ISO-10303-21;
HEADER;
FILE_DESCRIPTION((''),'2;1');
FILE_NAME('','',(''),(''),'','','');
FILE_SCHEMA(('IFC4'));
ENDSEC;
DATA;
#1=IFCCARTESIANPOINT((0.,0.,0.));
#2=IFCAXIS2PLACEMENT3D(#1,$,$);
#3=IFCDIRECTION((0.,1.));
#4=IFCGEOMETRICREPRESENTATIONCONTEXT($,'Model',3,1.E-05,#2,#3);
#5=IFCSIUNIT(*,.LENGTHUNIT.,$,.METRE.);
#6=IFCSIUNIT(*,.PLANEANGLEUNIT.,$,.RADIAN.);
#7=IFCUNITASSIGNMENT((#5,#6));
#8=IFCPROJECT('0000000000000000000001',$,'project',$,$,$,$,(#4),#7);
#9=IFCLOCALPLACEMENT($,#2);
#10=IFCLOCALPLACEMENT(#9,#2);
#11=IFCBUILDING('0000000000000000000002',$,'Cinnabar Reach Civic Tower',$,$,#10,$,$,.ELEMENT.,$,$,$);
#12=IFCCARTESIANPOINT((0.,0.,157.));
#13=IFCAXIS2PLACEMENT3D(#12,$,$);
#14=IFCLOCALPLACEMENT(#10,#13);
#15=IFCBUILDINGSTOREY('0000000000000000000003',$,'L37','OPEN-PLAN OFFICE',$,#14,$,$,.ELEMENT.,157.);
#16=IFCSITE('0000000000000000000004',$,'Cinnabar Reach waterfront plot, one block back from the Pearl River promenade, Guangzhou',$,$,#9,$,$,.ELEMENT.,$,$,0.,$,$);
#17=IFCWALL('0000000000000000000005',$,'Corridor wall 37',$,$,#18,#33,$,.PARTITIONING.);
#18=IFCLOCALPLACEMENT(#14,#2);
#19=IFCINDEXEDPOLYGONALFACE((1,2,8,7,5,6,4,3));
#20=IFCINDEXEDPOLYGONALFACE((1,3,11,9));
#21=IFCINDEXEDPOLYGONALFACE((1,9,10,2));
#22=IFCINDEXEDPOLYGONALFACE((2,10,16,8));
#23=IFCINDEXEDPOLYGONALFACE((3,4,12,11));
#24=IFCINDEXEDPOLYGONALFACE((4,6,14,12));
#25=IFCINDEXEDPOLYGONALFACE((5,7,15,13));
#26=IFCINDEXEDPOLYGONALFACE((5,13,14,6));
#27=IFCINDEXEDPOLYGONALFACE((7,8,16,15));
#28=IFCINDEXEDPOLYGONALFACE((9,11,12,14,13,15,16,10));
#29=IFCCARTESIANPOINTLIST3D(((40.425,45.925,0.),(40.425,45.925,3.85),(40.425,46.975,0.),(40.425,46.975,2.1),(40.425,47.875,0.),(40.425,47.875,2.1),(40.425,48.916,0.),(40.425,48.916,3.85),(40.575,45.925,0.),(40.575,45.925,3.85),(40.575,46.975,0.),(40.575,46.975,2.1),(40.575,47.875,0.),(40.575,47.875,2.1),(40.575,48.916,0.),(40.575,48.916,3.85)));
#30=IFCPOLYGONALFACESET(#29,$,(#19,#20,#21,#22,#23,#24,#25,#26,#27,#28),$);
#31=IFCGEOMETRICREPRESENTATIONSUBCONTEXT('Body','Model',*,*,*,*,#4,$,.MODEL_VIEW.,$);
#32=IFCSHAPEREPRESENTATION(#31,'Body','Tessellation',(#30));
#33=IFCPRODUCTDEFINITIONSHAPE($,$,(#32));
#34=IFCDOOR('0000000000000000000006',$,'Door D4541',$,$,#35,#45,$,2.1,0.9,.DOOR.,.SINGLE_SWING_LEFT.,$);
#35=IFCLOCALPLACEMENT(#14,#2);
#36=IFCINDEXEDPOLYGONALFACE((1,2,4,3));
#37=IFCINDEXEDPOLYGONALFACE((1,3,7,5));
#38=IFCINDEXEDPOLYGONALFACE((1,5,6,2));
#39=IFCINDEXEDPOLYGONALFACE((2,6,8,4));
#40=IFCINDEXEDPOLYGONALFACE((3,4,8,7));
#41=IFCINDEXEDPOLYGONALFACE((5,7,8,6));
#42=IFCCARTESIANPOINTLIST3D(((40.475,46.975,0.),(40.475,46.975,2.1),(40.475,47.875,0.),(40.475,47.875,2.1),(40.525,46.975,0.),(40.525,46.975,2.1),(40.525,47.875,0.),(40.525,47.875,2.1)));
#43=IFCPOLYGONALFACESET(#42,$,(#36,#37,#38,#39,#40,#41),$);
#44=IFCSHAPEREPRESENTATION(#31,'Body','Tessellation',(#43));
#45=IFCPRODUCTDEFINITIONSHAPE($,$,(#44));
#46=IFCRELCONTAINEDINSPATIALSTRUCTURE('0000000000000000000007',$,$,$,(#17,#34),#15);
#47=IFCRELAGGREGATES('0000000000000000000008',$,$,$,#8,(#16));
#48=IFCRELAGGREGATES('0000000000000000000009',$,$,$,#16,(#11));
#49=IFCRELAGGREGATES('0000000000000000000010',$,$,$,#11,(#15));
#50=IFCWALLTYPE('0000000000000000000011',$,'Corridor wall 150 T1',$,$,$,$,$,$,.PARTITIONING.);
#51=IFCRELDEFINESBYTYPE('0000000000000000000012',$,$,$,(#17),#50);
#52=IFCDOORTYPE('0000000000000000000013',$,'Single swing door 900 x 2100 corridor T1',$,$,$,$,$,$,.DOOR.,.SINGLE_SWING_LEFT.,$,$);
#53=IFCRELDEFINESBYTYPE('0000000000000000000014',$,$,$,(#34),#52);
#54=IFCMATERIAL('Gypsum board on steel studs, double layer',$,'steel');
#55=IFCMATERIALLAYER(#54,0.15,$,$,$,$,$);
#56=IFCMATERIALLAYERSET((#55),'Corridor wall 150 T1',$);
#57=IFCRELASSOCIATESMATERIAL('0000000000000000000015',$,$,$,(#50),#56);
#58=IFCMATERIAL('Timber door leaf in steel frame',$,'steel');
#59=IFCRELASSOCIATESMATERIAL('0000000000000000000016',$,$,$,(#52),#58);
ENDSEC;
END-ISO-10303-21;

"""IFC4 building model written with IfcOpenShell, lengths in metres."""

from ifc_helpers import new_model, si_unit, direction, frame, frame_2d, origin, place, context, subcontext, project, spatial, rectangle, extrude, material, layer, layer_set, type_object, element, fill, save


model = new_model("IFC4")

# Units and contexts
model_context = context("Model", 3, precision=1e-05, world=origin(), true_north=direction((0.0, 1.0)))
body_context = subcontext(model_context, "Body", "Model", "MODEL_VIEW")
ifc_project = project(units=[si_unit("LENGTHUNIT", "METRE"), si_unit("PLANEANGLEUNIT", "RADIAN")], contexts=[model_context])

# Site, building, storey
site_placement = place(None, origin())
site = spatial("IfcSite", under=ifc_project, at=site_placement, Name="Cinnabar Reach waterfront plot, one block back from the Pearl River promenade, Guangzhou", CompositionType="ELEMENT", RefElevation=0.0)
building_placement = place(site_placement, origin())
building = spatial("IfcBuilding", under=site, at=building_placement, Name="Cinnabar Reach Civic Tower", CompositionType="ELEMENT")
storey_placement = place(building_placement, frame((0.0, 0.0, 157.0)))
storey = spatial("IfcBuildingStorey", under=building, at=storey_placement, Name="L37", Description="OPEN-PLAN OFFICE", CompositionType="ELEMENT", Elevation=157.0)

# Wall, opening, door
ifc_material_1 = material(Name="Gypsum board on steel studs, double layer", Category="steel")
ifc_layer_1 = layer(ifc_material_1, 0.15)
ifc_layer_set_1 = layer_set([ifc_layer_1], Name="Corridor wall 150 T1")
wall_type_1 = type_object("IfcWallType", Name="Corridor wall 150 T1", PredefinedType="PARTITIONING", material=ifc_layer_set_1)
wall_1_placement = place(storey_placement, frame((40.5, 45.925, 0.0), z_axis=(0.0, 0.0, 1.0), x_axis=(0.0, 1.0, 0.0)))
wall_1 = element("IfcWall", 1, at=wall_1_placement, inside=storey, type_object=wall_type_1, Name="Corridor wall 37", PredefinedType="PARTITIONING", context=body_context, shape_type="SweptSolid", body=[
    extrude(rectangle(XDim=2.991, YDim=0.15, at=frame_2d((1.4955, 0.0))), origin(), (0.0, 0.0, 1.0), 3.85),
])
opening_1_placement = place(wall_1_placement, frame((1.05, 0.0, 0.0)))
opening_1 = element("IfcOpeningElement", 2, at=opening_1_placement, cuts=wall_1, PredefinedType="OPENING", context=body_context, shape_type="SweptSolid", body=[
    extrude(rectangle(XDim=0.9, YDim=2.1, at=frame_2d((0.45, 1.05))), frame((0.0, 0.085, 0.0), z_axis=(0.0, -1.0, 0.0), x_axis=(1.0, 0.0, 0.0)), (0.0, 0.0, 1.0), 0.17),
])
ifc_material_2 = material(Name="Timber door leaf in steel frame", Category="steel")
door_type = type_object("IfcDoorType", Name="Single swing door 900 x 2100 corridor T1", OperationType="SINGLE_SWING_LEFT", PredefinedType="DOOR", material=ifc_material_2)
door_placement = place(opening_1_placement, origin())
door = element("IfcDoor", 3, at=door_placement, inside=storey, type_object=door_type, Name="Door D4541", OperationType="SINGLE_SWING_LEFT", OverallHeight=2.1, OverallWidth=0.9, PredefinedType="DOOR", context=body_context, shape_type="SweptSolid", body=[
    extrude(rectangle(XDim=0.9, YDim=2.1, at=frame_2d((0.45, 1.05))), frame((0.0, 0.025, 0.0), z_axis=(0.0, -1.0, 0.0), x_axis=(1.0, 0.0, 0.0)), (0.0, 0.0, 1.0), 0.05),
])
fill(opening_1, door)

save(model, "model.ifc")
